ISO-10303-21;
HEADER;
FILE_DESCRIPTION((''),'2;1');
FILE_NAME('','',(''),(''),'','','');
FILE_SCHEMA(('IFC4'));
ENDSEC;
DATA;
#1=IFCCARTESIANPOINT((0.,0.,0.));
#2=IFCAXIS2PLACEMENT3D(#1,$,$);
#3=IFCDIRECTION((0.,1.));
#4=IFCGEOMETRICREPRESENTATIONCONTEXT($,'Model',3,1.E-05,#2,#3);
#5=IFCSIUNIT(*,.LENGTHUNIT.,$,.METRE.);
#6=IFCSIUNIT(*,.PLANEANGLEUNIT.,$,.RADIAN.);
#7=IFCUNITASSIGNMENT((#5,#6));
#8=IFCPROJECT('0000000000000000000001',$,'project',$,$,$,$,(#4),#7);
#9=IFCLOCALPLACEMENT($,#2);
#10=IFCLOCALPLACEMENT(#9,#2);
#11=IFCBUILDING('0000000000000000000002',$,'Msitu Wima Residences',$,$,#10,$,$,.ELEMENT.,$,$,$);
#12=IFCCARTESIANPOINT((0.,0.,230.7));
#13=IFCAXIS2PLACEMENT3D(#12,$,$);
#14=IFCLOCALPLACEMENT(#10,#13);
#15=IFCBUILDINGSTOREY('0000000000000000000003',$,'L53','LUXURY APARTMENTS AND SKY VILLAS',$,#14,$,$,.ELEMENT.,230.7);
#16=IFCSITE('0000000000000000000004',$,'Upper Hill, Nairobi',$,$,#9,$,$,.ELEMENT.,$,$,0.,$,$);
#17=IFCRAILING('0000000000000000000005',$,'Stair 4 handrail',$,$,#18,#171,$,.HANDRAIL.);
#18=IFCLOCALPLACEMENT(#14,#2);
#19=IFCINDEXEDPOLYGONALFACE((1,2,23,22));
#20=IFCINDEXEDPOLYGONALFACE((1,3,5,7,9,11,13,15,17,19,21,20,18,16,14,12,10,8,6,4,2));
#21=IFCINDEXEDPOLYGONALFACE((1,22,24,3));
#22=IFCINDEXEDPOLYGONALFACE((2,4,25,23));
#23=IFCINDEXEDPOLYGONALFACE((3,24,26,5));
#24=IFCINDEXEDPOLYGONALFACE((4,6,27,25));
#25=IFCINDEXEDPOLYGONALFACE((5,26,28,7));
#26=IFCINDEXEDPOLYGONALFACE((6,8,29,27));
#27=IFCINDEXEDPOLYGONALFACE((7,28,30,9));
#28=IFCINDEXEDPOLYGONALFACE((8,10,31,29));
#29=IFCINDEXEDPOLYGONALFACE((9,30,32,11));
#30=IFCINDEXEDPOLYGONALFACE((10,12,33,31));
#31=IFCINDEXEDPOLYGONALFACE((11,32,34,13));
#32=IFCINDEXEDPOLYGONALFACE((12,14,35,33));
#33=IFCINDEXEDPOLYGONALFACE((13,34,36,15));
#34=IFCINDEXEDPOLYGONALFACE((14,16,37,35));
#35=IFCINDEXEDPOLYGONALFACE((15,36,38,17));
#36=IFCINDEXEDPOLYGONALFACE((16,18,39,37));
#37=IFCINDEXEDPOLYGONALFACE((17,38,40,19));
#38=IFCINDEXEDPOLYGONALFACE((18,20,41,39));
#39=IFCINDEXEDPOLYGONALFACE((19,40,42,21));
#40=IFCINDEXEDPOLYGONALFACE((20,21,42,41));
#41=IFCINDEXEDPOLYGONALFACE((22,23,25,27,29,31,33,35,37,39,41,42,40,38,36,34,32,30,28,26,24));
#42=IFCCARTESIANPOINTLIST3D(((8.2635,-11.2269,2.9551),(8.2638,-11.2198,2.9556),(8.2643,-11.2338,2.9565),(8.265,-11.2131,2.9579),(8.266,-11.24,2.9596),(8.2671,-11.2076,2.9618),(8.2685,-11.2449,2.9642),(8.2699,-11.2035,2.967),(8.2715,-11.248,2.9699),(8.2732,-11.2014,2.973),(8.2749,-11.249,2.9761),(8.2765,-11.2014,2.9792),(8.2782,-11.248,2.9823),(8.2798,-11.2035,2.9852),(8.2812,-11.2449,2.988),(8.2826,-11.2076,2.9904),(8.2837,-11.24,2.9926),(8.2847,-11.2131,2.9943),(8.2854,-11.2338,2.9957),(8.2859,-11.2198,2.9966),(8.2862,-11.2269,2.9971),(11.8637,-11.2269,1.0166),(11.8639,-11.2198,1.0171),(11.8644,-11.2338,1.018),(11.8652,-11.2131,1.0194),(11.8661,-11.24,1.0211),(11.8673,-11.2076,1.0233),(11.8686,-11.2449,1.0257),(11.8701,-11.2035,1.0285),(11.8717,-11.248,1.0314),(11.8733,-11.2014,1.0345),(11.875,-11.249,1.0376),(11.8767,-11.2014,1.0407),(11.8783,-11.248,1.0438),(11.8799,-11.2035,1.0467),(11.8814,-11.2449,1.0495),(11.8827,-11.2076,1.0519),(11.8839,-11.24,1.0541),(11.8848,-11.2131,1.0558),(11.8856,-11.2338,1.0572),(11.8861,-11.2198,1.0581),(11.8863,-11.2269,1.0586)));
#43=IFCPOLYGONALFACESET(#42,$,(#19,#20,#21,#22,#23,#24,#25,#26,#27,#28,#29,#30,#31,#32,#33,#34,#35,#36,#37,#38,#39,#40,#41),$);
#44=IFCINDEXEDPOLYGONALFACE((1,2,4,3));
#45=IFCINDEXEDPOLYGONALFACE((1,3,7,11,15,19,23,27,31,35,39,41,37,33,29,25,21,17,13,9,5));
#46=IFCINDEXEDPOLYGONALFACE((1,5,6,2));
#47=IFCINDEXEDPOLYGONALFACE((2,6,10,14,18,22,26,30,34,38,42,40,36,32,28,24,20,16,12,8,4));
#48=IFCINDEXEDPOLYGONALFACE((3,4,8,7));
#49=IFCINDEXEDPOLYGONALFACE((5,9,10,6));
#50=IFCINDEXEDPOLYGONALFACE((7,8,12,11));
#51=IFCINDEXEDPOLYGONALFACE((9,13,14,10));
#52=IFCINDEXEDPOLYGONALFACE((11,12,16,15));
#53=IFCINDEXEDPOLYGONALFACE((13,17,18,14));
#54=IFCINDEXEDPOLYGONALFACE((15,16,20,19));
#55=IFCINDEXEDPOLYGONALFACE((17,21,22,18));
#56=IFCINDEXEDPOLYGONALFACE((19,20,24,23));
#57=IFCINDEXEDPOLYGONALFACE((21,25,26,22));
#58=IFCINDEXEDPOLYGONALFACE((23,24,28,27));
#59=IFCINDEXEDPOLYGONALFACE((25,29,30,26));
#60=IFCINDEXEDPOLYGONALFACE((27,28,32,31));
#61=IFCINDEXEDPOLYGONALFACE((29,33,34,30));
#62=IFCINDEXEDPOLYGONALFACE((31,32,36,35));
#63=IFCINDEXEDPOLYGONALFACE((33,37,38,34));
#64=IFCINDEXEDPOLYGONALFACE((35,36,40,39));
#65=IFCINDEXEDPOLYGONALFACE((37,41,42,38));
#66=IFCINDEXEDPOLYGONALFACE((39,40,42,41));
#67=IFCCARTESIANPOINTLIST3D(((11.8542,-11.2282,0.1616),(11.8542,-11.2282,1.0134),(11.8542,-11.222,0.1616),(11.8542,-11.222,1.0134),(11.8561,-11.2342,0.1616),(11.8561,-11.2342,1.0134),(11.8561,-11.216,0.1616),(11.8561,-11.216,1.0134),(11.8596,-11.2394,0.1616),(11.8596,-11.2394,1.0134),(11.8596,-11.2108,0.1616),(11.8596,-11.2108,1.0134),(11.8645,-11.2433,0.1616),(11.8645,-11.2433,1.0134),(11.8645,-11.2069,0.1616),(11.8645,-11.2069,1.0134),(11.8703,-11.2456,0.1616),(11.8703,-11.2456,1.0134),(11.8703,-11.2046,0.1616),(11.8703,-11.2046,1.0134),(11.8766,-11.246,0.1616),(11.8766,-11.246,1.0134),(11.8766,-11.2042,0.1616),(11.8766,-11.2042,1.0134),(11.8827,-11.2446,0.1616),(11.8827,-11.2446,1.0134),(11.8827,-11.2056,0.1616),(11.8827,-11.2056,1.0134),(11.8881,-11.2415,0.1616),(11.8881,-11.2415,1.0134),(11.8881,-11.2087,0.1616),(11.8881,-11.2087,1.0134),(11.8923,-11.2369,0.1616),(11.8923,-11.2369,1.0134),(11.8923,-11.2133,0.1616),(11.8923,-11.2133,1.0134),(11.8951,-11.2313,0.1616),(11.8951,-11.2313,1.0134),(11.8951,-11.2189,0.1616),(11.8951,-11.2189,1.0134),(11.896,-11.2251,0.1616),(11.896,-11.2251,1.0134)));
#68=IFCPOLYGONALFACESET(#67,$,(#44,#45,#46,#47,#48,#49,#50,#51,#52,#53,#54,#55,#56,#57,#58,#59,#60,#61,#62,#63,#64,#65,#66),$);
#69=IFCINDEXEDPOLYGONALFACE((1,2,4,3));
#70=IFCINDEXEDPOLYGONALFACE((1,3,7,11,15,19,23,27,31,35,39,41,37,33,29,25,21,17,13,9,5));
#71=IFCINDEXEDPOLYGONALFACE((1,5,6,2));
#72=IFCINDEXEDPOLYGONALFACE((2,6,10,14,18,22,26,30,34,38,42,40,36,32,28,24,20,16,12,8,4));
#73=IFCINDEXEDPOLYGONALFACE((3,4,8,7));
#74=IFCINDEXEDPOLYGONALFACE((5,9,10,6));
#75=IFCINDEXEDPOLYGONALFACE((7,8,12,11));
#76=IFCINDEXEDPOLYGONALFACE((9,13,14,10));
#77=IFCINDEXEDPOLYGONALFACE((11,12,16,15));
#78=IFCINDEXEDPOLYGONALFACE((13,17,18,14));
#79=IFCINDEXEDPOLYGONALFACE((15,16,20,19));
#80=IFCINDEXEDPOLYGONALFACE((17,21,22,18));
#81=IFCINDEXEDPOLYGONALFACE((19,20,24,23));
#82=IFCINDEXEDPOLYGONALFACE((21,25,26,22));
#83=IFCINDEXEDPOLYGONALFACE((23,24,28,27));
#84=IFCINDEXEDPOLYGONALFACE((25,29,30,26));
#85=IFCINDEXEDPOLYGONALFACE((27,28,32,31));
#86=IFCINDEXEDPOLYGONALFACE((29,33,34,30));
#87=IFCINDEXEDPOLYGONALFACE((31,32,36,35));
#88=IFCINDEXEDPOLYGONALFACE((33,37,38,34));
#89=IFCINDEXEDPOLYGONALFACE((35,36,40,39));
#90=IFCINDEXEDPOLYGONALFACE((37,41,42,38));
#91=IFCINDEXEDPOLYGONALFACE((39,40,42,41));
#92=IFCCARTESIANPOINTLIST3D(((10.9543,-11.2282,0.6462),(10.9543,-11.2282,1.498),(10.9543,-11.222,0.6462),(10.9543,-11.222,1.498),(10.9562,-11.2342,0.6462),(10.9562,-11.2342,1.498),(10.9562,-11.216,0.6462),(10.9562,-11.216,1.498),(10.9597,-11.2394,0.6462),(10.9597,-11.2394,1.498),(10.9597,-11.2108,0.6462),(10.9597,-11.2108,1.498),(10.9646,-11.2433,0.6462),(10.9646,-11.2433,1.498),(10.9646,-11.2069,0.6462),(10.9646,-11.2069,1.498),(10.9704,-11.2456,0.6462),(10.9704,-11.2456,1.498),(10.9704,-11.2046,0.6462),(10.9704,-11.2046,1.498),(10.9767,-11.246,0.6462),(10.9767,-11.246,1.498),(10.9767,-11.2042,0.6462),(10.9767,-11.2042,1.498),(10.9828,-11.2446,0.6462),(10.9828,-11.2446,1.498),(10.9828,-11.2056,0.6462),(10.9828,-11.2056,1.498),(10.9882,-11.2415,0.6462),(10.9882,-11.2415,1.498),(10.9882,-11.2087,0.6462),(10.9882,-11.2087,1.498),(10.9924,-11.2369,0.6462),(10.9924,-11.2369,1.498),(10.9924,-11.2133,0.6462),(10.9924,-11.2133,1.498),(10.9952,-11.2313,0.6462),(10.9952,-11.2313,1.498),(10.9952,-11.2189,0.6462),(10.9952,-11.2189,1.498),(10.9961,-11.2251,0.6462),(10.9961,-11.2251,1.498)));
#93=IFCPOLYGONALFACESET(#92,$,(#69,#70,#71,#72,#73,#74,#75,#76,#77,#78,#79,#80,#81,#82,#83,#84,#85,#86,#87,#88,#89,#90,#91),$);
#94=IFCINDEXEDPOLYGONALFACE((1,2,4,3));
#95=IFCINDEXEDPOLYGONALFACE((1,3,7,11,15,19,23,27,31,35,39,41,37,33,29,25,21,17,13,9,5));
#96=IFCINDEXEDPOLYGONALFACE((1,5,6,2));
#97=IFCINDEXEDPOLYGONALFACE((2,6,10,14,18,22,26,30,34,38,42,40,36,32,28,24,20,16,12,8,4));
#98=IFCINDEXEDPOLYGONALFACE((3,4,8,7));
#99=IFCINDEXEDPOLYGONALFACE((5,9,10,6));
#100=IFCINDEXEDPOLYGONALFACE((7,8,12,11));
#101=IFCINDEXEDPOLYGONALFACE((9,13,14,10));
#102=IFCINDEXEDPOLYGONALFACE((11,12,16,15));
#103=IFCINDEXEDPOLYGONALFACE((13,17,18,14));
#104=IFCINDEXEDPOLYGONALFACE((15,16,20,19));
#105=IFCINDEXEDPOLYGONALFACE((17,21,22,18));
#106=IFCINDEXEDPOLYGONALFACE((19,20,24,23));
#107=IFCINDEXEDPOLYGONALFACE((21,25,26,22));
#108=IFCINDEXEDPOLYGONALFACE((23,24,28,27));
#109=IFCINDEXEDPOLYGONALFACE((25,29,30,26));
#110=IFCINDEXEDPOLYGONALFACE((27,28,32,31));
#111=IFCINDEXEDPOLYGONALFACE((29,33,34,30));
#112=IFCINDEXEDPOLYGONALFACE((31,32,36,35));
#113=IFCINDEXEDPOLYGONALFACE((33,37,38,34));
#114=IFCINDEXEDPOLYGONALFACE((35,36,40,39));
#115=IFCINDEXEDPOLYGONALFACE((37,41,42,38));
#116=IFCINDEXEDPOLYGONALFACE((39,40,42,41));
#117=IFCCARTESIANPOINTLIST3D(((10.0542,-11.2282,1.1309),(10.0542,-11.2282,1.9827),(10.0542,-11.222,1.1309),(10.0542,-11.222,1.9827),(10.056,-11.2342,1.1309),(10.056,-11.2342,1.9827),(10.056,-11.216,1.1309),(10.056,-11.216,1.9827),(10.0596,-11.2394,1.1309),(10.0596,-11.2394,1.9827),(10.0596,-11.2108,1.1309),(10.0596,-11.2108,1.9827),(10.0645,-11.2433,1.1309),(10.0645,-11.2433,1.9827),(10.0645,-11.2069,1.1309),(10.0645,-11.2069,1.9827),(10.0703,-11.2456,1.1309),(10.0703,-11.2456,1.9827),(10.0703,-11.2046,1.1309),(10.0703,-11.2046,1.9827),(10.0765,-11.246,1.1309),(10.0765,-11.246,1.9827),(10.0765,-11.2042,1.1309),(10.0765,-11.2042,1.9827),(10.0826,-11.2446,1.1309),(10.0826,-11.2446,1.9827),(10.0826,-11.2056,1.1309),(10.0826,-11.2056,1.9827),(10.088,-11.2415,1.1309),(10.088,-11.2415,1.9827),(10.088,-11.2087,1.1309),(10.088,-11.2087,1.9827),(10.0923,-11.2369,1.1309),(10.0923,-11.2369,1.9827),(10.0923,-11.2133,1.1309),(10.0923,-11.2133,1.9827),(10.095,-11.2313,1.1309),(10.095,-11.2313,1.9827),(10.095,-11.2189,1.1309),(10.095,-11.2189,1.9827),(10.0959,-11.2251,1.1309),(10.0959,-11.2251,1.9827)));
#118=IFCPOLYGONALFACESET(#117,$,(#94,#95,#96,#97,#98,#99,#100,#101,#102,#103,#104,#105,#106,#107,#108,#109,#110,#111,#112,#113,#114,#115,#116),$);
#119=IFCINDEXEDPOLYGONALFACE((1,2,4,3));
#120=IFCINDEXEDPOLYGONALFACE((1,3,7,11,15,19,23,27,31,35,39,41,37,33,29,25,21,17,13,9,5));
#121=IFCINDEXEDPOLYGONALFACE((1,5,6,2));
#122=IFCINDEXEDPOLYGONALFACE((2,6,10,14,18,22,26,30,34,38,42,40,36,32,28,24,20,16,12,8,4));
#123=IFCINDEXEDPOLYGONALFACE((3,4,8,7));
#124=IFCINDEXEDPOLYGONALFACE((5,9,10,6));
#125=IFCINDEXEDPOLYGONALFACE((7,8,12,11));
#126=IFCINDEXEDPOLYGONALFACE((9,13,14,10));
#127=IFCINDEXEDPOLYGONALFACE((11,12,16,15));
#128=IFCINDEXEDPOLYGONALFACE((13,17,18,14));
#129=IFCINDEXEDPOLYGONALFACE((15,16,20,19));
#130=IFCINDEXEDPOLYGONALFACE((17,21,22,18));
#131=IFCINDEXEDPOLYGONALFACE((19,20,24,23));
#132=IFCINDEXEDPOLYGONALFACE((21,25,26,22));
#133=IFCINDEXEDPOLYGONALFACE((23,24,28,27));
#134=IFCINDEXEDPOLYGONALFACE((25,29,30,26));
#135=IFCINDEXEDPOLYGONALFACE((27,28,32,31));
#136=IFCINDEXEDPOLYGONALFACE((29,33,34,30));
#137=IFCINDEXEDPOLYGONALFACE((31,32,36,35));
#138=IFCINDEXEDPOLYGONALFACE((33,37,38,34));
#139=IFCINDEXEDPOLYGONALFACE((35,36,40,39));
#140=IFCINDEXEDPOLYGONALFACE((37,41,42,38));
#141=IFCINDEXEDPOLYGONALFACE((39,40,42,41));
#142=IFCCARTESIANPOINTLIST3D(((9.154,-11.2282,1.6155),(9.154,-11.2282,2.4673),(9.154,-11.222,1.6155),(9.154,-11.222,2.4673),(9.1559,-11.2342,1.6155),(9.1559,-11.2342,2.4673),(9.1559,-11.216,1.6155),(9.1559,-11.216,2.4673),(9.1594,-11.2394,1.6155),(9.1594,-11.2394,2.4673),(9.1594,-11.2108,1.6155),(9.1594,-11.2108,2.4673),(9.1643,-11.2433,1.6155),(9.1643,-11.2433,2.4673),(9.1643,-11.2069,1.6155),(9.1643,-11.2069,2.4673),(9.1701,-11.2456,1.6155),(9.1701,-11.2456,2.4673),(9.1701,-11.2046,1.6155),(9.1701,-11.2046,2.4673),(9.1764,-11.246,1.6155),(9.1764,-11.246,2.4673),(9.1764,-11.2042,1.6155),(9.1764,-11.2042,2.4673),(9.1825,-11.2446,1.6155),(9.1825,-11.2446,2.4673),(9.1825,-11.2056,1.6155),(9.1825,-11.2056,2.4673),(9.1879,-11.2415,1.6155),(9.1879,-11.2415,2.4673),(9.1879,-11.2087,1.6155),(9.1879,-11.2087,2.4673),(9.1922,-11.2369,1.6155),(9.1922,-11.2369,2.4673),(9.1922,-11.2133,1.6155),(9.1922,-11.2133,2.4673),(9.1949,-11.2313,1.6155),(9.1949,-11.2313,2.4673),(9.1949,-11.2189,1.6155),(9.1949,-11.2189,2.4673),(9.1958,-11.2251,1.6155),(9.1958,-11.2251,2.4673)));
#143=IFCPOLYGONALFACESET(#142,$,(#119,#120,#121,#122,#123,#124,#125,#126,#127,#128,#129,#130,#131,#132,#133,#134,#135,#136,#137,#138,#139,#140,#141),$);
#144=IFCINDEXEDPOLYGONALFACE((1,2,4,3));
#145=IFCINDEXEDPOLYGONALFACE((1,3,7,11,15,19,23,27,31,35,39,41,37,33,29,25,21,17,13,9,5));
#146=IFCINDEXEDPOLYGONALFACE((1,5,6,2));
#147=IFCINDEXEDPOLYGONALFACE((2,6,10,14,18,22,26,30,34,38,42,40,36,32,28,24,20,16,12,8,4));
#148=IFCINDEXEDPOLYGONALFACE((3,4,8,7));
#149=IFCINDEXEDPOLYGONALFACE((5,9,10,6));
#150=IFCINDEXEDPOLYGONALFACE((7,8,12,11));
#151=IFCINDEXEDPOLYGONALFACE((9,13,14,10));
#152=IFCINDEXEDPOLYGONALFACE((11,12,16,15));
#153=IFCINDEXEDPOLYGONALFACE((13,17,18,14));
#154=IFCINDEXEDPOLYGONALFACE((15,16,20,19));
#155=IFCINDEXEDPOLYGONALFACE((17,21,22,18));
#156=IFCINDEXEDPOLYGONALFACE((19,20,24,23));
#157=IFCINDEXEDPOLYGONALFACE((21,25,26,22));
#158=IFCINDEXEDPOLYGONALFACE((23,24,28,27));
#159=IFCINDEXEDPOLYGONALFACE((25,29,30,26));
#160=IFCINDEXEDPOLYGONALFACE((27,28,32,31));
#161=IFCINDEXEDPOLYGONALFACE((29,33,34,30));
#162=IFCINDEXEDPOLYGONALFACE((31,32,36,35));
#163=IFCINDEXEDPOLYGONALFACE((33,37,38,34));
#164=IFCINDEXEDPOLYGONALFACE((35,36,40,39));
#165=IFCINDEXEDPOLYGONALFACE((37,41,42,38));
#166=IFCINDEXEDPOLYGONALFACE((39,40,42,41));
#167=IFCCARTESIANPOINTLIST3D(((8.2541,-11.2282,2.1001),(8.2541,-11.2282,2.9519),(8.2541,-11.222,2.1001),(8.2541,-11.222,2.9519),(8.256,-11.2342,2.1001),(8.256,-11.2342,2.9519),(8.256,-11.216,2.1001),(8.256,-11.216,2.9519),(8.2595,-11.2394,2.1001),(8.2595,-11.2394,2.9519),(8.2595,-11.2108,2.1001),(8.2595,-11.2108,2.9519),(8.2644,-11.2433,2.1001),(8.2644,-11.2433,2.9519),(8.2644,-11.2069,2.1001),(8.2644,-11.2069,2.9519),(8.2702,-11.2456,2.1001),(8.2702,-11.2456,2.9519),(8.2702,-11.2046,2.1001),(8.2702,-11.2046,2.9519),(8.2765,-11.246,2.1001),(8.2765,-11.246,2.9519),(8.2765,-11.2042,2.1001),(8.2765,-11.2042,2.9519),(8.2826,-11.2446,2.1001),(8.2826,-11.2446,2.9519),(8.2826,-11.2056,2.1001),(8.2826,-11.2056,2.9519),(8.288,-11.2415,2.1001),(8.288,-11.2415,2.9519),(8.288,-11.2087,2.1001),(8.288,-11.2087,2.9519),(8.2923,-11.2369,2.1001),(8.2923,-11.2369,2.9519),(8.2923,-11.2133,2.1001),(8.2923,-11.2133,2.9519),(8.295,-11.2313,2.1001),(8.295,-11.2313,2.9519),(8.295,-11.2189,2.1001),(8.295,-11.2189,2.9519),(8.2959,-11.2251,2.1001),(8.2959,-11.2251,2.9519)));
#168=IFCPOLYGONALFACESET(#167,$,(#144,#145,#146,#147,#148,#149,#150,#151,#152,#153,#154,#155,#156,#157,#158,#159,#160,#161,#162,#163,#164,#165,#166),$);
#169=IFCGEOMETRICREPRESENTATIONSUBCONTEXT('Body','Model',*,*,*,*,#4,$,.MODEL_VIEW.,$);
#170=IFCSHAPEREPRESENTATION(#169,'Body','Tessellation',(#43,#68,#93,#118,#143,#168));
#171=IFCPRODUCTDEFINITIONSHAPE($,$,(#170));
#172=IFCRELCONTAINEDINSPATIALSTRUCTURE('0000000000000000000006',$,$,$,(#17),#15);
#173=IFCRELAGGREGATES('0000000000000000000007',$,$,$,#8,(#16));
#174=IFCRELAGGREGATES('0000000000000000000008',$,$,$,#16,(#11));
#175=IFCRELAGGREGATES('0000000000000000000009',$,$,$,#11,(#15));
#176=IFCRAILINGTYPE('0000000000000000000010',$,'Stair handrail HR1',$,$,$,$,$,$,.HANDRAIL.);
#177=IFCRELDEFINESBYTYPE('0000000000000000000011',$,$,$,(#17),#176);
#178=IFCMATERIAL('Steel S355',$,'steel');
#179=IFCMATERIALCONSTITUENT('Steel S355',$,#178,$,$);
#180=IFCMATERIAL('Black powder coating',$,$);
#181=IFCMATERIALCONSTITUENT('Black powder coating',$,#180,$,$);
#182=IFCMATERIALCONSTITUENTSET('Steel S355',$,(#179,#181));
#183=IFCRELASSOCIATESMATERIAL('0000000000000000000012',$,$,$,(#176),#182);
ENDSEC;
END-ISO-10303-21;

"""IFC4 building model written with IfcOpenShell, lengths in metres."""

from ifc_helpers import new_model, si_unit, direction, frame, origin, origin_2d, place, context, subcontext, project, spatial, circle, extrude, material, constituent, constituent_set, type_object, element, save


model = new_model("IFC4")

# Units and contexts
model_context = context("Model", 3, precision=1e-05, world=origin(), true_north=direction((0.0, 1.0)))
body_context = subcontext(model_context, "Body", "Model", "MODEL_VIEW")
ifc_project = project(units=[si_unit("LENGTHUNIT", "METRE"), si_unit("PLANEANGLEUNIT", "RADIAN")], contexts=[model_context])

# Site, building, storey
site_placement = place(None, origin())
site = spatial("IfcSite", under=ifc_project, at=site_placement, Name="Upper Hill, Nairobi", CompositionType="ELEMENT", RefElevation=0.0)
building_placement = place(site_placement, origin())
building = spatial("IfcBuilding", under=site, at=building_placement, Name="Msitu Wima Residences", CompositionType="ELEMENT")
storey_placement = place(building_placement, frame((0.0, 0.0, 230.7)))
storey = spatial("IfcBuildingStorey", under=building, at=storey_placement, Name="L53", Description="LUXURY APARTMENTS AND SKY VILLAS", CompositionType="ELEMENT", Elevation=230.7)

# Railing
ifc_material_1 = material(Name="Steel S355", Category="steel")
ifc_constituent_1 = constituent(ifc_material_1, Name="Steel S355")
ifc_material_2 = material(Name="Black powder coating")
ifc_constituent_2 = constituent(ifc_material_2, Name="Black powder coating")
ifc_constituent_set = constituent_set(constituents=[ifc_constituent_1, ifc_constituent_2], Name="Steel S355")
railing_type = type_object("IfcRailingType", Name="Stair handrail HR1", PredefinedType="HANDRAIL", material=ifc_constituent_set)
for number, where, name in (
    (1, (11.875, -11.2251, 0.1616), "Stair 4 handrail"),
):
    element("IfcRailing", number, at=place(storey_placement, frame(where)), inside=storey, type_object=railing_type, Name=name, PredefinedType="HANDRAIL", context=body_context, shape_type="SweptSolid", body=[
        extrude(circle(Radius=0.0239, at=origin_2d()), frame((0.0, 0.0, 0.876), z_axis=(-0.880475, 0.0, 0.474093), x_axis=(0.0, -1.0, 0.0)), (0.0, 0.0, 1.0), 4.0889),
        extrude(circle(Radius=0.021, at=origin_2d()), origin(), (0.0, 0.0, 1.0), 0.8518),
        extrude(circle(Radius=0.021, at=origin_2d()), frame((-0.8999, 0.0, 0.4846)), (0.0, 0.0, 1.0), 0.8518),
        extrude(circle(Radius=0.021, at=origin_2d()), frame((-1.8, 0.0, 0.9692)), (0.0, 0.0, 1.0), 0.8518),
        extrude(circle(Radius=0.021, at=origin_2d()), frame((-2.7002, 0.0, 1.4539)), (0.0, 0.0, 1.0), 0.8518),
        extrude(circle(Radius=0.021, at=origin_2d()), frame((-3.6001, 0.0, 1.9385)), (0.0, 0.0, 1.0), 0.8518),
    ])

save(model, "model.ifc")
